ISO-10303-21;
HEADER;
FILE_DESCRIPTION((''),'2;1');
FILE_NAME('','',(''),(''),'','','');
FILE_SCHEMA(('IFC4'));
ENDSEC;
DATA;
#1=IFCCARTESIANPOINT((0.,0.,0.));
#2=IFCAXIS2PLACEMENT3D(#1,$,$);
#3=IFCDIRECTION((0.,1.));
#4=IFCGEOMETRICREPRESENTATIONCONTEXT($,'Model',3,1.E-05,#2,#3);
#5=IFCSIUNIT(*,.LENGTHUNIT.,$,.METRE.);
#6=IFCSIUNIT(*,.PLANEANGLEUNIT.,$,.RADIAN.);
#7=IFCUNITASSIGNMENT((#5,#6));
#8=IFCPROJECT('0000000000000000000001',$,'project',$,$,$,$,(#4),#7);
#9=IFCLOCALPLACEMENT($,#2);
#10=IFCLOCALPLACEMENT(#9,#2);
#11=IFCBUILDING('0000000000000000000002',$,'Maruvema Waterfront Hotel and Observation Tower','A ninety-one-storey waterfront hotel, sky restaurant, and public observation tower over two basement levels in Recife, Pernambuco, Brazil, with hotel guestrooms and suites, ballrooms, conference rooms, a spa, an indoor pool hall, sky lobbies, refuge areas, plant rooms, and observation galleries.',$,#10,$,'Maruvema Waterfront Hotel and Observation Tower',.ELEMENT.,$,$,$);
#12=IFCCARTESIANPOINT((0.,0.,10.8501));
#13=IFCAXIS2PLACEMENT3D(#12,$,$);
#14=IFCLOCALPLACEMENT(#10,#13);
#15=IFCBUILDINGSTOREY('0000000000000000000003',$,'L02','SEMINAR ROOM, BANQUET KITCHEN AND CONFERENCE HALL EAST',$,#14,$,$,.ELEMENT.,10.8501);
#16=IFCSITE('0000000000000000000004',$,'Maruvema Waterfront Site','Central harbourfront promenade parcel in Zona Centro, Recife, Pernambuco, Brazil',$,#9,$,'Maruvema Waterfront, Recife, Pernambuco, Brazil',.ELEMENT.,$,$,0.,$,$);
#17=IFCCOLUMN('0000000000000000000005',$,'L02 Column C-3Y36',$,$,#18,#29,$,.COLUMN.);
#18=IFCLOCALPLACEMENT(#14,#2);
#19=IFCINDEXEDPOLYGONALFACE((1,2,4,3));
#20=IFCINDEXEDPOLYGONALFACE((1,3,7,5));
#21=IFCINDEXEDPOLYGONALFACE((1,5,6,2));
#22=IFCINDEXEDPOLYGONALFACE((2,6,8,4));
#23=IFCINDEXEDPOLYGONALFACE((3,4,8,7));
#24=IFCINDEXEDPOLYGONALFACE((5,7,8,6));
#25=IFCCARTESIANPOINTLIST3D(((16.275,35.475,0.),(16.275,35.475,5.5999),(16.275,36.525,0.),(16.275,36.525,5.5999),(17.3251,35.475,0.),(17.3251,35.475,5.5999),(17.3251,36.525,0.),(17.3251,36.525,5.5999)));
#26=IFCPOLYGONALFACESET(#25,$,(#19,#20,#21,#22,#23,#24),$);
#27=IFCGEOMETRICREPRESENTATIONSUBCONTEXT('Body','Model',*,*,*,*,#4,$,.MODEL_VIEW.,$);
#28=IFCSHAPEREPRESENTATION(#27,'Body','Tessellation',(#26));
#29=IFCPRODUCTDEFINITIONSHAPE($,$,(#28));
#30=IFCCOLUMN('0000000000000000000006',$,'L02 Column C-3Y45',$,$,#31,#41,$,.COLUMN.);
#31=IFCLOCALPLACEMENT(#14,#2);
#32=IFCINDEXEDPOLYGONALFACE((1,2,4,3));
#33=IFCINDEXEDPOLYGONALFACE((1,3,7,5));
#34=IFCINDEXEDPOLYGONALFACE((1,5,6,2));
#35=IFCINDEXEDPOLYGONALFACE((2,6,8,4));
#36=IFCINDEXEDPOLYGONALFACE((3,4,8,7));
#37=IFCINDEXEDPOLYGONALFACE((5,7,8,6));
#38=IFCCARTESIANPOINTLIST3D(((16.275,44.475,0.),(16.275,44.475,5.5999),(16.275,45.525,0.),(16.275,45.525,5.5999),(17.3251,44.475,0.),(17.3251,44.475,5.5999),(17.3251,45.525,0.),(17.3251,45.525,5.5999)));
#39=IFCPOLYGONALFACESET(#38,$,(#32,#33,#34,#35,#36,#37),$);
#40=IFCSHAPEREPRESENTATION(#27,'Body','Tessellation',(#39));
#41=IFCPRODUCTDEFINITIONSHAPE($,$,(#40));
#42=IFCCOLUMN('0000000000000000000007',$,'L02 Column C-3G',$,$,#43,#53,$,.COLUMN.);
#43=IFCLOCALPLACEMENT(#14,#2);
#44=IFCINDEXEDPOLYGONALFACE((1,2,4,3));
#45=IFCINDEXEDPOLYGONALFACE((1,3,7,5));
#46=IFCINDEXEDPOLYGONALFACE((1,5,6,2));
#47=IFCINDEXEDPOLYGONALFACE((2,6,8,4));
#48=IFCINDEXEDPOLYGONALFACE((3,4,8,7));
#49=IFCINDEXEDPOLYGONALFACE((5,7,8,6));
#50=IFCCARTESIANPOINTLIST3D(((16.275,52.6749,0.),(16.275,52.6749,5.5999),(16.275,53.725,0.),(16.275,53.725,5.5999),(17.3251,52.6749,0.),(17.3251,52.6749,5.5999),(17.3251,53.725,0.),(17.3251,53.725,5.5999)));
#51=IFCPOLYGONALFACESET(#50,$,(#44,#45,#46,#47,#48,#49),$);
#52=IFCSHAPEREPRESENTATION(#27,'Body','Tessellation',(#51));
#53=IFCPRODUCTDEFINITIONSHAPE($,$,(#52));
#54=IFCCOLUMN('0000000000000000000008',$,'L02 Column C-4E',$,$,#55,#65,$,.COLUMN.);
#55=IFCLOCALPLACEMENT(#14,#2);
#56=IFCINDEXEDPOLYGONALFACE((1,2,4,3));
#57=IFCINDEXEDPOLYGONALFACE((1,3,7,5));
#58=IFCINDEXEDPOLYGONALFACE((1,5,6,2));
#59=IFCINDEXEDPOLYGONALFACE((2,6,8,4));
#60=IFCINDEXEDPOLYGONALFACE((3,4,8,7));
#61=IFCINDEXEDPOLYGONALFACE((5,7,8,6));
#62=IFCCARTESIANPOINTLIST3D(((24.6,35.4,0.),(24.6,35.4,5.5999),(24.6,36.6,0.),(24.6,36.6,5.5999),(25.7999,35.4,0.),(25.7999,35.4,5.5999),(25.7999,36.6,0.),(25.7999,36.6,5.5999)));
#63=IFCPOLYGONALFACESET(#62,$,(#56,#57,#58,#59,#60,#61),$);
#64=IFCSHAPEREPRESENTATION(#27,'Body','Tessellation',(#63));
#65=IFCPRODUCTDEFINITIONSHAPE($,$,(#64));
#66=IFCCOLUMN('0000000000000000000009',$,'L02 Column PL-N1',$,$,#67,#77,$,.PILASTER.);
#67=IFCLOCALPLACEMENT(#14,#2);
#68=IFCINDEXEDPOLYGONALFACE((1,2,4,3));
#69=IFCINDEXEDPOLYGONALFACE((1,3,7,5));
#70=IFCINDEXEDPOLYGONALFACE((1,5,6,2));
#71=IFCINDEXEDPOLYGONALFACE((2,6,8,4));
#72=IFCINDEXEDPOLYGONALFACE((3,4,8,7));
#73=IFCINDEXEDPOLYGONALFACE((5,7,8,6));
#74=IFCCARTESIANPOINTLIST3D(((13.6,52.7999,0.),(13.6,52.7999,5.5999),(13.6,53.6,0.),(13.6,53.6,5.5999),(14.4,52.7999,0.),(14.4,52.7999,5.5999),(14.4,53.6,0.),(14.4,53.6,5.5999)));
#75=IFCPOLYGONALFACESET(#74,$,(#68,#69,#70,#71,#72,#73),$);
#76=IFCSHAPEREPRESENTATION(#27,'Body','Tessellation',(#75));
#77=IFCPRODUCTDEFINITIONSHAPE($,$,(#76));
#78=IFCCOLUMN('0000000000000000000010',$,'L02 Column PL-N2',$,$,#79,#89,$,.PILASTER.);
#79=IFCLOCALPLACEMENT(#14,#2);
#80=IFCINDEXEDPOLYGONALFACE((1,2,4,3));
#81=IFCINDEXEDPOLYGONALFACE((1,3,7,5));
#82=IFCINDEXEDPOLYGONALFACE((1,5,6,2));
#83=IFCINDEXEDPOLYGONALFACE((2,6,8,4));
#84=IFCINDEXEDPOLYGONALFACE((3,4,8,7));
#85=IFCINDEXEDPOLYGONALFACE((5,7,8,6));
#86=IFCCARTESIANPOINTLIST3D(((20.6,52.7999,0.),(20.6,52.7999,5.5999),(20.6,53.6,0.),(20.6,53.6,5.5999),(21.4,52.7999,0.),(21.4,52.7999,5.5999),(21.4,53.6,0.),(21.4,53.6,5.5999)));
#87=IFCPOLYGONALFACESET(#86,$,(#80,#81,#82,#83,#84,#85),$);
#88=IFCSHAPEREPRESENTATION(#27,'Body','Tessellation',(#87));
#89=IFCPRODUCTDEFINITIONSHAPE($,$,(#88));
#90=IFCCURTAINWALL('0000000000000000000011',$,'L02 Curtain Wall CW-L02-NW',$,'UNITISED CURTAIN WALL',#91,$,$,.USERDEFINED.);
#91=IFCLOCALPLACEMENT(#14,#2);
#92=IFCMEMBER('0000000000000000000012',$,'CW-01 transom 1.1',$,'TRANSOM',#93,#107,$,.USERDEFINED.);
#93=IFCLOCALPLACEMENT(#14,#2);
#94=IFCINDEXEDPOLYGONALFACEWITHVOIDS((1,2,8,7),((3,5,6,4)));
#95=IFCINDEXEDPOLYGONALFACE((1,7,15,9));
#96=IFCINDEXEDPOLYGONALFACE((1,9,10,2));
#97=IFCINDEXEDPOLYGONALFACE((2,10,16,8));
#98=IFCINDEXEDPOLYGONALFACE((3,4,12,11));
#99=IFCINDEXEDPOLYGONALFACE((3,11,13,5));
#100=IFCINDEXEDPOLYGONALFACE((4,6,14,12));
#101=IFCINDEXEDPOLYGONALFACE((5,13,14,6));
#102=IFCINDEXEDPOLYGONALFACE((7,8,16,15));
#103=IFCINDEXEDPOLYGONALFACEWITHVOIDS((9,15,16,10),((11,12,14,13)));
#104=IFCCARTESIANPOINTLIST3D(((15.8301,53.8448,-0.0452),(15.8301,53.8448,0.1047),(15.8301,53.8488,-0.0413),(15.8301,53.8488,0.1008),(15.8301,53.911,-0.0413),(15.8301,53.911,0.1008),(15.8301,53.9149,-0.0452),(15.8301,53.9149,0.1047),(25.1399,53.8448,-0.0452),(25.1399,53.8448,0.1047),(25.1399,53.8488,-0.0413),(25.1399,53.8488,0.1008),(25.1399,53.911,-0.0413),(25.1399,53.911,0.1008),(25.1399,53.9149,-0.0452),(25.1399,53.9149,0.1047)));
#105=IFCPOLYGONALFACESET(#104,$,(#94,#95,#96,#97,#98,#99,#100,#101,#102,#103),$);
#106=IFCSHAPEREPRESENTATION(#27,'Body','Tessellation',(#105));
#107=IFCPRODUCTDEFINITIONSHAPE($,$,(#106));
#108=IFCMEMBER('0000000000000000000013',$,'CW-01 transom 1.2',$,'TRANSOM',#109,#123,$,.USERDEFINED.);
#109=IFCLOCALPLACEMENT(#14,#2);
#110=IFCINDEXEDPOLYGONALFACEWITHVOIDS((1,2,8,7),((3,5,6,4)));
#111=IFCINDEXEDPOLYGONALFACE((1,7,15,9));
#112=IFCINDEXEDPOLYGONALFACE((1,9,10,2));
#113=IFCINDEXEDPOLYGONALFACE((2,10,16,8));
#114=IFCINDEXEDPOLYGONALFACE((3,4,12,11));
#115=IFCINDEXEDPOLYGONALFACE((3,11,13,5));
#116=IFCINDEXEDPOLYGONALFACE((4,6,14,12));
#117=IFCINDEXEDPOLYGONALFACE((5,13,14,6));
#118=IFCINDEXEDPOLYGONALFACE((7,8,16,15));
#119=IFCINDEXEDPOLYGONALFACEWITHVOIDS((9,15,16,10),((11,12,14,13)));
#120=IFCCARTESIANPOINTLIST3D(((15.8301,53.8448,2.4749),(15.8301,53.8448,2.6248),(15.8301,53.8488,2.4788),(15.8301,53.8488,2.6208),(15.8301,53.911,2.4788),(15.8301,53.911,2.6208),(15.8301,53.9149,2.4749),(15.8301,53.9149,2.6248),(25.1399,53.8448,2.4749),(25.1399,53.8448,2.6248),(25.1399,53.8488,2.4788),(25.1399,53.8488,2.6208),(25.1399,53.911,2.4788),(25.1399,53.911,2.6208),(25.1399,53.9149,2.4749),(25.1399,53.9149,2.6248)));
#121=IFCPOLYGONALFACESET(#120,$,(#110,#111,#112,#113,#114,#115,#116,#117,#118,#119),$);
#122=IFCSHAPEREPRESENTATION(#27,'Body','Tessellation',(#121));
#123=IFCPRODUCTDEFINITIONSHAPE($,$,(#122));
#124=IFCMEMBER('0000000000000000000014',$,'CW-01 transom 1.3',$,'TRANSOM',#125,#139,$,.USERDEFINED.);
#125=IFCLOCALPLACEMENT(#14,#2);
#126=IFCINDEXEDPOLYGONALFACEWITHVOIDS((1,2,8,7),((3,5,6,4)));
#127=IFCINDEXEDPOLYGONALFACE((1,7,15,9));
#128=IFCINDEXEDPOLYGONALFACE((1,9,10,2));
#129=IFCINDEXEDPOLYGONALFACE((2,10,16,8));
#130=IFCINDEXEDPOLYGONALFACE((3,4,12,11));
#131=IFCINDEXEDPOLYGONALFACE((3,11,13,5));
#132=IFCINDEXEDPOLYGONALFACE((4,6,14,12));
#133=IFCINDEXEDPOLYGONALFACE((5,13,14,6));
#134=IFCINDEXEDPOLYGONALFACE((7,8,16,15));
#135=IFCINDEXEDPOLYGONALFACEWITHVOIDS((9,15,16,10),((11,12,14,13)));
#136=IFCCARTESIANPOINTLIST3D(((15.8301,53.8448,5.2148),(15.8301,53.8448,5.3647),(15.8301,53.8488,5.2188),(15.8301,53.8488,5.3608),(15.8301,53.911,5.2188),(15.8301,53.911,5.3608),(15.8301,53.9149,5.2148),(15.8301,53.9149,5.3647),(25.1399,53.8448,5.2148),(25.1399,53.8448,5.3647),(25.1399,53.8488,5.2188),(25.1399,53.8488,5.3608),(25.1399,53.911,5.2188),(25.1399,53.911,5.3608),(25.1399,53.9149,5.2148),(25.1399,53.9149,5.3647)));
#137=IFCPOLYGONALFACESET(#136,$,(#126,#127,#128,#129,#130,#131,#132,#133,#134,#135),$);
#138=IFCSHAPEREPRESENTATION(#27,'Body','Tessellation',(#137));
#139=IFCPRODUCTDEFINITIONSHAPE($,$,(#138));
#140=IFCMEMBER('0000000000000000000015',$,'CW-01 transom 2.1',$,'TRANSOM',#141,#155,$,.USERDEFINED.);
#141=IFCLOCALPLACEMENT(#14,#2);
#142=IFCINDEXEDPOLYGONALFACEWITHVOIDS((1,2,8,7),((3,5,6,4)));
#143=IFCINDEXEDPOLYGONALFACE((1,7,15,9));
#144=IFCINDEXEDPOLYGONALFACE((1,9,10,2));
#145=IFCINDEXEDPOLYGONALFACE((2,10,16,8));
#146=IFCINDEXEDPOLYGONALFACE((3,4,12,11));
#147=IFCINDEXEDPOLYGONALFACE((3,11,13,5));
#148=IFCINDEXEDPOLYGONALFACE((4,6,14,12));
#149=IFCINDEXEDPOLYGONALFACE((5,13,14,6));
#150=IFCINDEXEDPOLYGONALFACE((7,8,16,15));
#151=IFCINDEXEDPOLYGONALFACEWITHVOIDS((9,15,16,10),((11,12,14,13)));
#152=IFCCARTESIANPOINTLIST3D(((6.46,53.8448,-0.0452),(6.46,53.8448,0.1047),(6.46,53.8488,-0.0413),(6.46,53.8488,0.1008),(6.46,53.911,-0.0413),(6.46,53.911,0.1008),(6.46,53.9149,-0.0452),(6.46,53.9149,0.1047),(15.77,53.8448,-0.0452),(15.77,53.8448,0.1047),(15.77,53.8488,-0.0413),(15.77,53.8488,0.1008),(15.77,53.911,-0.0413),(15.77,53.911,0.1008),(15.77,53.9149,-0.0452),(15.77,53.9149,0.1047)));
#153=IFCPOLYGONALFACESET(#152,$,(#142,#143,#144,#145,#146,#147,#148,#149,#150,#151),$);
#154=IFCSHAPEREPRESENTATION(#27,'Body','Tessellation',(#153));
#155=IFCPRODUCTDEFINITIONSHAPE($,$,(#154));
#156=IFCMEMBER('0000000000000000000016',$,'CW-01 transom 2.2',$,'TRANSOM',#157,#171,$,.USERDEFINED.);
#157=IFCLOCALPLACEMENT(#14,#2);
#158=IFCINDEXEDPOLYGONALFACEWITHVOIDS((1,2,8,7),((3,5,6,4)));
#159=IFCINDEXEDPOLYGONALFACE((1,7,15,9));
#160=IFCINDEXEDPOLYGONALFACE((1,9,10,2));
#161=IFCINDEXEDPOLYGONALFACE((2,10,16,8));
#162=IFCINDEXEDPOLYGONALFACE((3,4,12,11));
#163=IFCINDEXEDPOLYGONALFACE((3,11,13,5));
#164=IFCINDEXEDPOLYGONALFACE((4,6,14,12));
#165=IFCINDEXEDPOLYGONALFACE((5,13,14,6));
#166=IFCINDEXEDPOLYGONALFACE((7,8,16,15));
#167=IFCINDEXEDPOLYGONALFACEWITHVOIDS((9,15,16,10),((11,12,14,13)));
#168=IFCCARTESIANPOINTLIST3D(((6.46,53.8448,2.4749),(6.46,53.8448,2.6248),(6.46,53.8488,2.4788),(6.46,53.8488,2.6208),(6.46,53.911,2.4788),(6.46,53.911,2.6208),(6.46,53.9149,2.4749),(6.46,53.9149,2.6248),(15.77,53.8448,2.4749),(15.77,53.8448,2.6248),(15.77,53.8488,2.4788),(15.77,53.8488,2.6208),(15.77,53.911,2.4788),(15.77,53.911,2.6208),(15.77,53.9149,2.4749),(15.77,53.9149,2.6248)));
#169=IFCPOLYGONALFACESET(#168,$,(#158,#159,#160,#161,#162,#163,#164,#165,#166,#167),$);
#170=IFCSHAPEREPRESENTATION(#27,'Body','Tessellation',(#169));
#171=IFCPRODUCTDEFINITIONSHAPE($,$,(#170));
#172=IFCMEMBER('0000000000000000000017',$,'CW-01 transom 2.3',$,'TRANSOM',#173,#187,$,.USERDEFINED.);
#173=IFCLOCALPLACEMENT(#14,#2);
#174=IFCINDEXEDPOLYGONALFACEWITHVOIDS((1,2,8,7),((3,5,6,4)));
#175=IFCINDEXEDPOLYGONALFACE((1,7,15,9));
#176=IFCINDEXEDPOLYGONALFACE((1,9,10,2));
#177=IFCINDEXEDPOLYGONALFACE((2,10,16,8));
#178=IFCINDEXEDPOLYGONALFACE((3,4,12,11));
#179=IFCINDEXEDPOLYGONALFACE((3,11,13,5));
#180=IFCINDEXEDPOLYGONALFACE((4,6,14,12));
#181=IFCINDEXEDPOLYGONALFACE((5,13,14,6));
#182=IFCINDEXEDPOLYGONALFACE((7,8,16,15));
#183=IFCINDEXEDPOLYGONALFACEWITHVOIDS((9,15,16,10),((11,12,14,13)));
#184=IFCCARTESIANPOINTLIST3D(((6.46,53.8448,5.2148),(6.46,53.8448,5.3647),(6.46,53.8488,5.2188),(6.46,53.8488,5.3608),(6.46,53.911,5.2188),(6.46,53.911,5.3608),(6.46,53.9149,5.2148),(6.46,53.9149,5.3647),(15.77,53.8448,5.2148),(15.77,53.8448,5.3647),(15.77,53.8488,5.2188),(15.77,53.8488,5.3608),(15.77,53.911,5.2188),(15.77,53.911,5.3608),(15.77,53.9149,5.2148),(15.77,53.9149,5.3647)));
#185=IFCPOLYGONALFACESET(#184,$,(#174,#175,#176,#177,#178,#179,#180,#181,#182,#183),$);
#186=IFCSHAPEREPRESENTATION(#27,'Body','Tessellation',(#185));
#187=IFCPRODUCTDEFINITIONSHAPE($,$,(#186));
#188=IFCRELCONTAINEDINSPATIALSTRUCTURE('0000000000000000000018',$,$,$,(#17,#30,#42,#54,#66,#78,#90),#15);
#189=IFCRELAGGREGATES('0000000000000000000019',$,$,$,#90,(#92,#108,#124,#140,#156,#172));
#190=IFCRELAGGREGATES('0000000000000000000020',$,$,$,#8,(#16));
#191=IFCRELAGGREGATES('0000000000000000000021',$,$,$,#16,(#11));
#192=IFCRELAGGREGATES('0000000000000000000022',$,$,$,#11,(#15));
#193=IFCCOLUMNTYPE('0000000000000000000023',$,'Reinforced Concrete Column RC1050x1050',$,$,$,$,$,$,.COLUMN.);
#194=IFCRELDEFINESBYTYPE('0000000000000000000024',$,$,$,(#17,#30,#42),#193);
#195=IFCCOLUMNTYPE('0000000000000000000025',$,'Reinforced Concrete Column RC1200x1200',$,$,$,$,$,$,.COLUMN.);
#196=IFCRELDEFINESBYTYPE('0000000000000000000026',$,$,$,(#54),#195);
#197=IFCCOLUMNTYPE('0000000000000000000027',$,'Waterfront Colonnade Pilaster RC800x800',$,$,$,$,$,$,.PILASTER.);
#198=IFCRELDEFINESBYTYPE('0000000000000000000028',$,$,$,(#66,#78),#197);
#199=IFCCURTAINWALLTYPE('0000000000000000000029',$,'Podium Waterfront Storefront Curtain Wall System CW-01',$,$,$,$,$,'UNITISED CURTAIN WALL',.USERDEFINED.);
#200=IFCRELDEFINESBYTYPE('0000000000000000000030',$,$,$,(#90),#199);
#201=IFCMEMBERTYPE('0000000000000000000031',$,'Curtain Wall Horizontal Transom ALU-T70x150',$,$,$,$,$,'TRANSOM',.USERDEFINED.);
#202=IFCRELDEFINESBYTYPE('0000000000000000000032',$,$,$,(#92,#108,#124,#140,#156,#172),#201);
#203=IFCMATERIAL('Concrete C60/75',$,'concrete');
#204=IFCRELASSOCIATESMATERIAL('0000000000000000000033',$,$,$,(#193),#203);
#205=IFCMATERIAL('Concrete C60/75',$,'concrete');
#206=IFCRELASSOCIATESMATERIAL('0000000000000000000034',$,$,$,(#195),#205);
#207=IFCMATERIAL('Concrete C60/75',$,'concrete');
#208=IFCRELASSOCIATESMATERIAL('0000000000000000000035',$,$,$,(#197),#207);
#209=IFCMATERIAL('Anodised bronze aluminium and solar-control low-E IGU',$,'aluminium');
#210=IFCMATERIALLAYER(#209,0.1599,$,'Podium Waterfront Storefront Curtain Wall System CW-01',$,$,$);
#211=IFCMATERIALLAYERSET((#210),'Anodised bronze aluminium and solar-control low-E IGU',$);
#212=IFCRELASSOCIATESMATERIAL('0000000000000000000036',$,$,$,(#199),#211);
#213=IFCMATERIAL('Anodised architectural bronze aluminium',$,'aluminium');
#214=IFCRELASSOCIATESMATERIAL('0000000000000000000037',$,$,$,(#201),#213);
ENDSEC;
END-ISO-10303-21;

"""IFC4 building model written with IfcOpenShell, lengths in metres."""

from ifc_helpers import new_model, si_unit, direction, frame, origin, origin_2d, place, context, subcontext, project, spatial, rectangle, hollow_rectangle, extrude, material, layer, layer_set, material_profile, profile_set, type_object, element, aggregate, save


model = new_model("IFC4")

# Units and contexts
model_context = context("Model", 3, precision=1e-05, world=origin(), true_north=direction((0.0, 1.0)))
body_context = subcontext(model_context, "Body", "Model", "MODEL_VIEW")
ifc_project = project(units=[si_unit("LENGTHUNIT", "METRE"), si_unit("PLANEANGLEUNIT", "RADIAN")], contexts=[model_context])

# Site, building, storey
site_placement = place(None, origin())
site = spatial("IfcSite", under=ifc_project, at=site_placement, Name="Maruvema Waterfront Site", Description="Central harbourfront promenade parcel in Zona Centro, Recife, Pernambuco, Brazil", LongName="Maruvema Waterfront, Recife, Pernambuco, Brazil", CompositionType="ELEMENT", RefElevation=0.0)
building_placement = place(site_placement, origin())
building = spatial("IfcBuilding", under=site, at=building_placement, Name="Maruvema Waterfront Hotel and Observation Tower", Description="A ninety-one-storey waterfront hotel, sky restaurant, and public observation tower over two basement levels in Recife, Pernambuco, Brazil, with hotel guestrooms and suites, ballrooms, conference rooms, a spa, an indoor pool hall, sky lobbies, refuge areas, plant rooms, and observation galleries.", LongName="Maruvema Waterfront Hotel and Observation Tower", CompositionType="ELEMENT")
storey_placement = place(building_placement, frame((0.0, 0.0, 10.8501)))
storey = spatial("IfcBuildingStorey", under=building, at=storey_placement, Name="L02", Description="SEMINAR ROOM, BANQUET KITCHEN AND CONFERENCE HALL EAST", CompositionType="ELEMENT", Elevation=10.8501)

# Columns
ifc_material_1 = material(Name="Concrete C60/75", Category="concrete")
ifc_material_profile_1 = material_profile(ifc_material_1, rectangle(XDim=1.05, YDim=1.05, at=origin_2d()), Name="RC1050x1050")
ifc_profile_set_1 = profile_set([ifc_material_profile_1], Name="Concrete C60/75")
column_type_1 = type_object("IfcColumnType", Name="Reinforced Concrete Column RC1050x1050", PredefinedType="COLUMN", material=ifc_profile_set_1)
for number, where, z_axis, x_axis, name in (
    (1, (16.8, 36.0, 0.0), (0.0, 0.0, 1.0), (1.0, 0.0, 0.0), "L02 Column C-3Y36"),
    (2, (16.8, 45.0, 0.0), (0.0, 0.0, 1.0), (1.0, 0.0, 0.0), "L02 Column C-3Y45"),
    (3, (16.8, 53.2, 0.0), (0.0, 0.0, 1.0), (1.0, 0.0, 0.0), "L02 Column C-3G"),
):
    element("IfcColumn", number, at=place(storey_placement, frame(where, z_axis=z_axis, x_axis=x_axis)), inside=storey, type_object=column_type_1, Name=name, PredefinedType="COLUMN", context=body_context, shape_type="SweptSolid", body=[
        extrude(rectangle(XDim=1.05, YDim=1.05, at=origin_2d()), origin(), (0.0, 0.0, 1.0), 5.5999),
    ])
ifc_material_2 = material(Name="Concrete C60/75", Category="concrete")
ifc_material_profile_2 = material_profile(ifc_material_2, rectangle(XDim=1.2, YDim=1.2, at=origin_2d()), Name="RC1200x1200")
ifc_profile_set_2 = profile_set([ifc_material_profile_2], Name="Concrete C60/75")
column_type_2 = type_object("IfcColumnType", Name="Reinforced Concrete Column RC1200x1200", PredefinedType="COLUMN", material=ifc_profile_set_2)
column_placement = place(storey_placement, frame((25.2, 36.0, 0.0), z_axis=(0.0, 0.0, 1.0), x_axis=(1.0, 0.0, 0.0)))
element("IfcColumn", 4, at=column_placement, inside=storey, type_object=column_type_2, Name="L02 Column C-4E", PredefinedType="COLUMN", context=body_context, shape_type="SweptSolid", body=[
    extrude(rectangle(XDim=1.2, YDim=1.2, at=origin_2d()), origin(), (0.0, 0.0, 1.0), 5.5999),
])
ifc_material_3 = material(Name="Concrete C60/75", Category="concrete")
ifc_material_profile_3 = material_profile(ifc_material_3, rectangle(XDim=0.8, YDim=0.8, at=origin_2d()), Name="RC800x800")
ifc_profile_set_3 = profile_set([ifc_material_profile_3], Name="Concrete C60/75")
column_type_3 = type_object("IfcColumnType", Name="Waterfront Colonnade Pilaster RC800x800", PredefinedType="PILASTER", material=ifc_profile_set_3)
for number, where, z_axis, x_axis, name in (
    (5, (14.0, 53.2, 0.0), (0.0, 0.0, 1.0), (1.0, 0.0, 0.0), "L02 Column PL-N1"),
    (6, (21.0, 53.2, 0.0), (0.0, 0.0, 1.0), (1.0, 0.0, 0.0), "L02 Column PL-N2"),
):
    element("IfcColumn", number, at=place(storey_placement, frame(where, z_axis=z_axis, x_axis=x_axis)), inside=storey, type_object=column_type_3, Name=name, PredefinedType="PILASTER", context=body_context, shape_type="SweptSolid", body=[
        extrude(rectangle(XDim=0.8, YDim=0.8, at=origin_2d()), origin(), (0.0, 0.0, 1.0), 5.5999),
    ])

# Curtain wall, members
ifc_material_4 = material(Name="Anodised bronze aluminium and solar-control low-E IGU", Category="aluminium")
ifc_layer_1 = layer(ifc_material_4, 0.1599, Name="Podium Waterfront Storefront Curtain Wall System CW-01")
ifc_layer_set_1 = layer_set([ifc_layer_1], Name="Anodised bronze aluminium and solar-control low-E IGU")
curtain_wall_type = type_object("IfcCurtainWallType", Name="Podium Waterfront Storefront Curtain Wall System CW-01", ElementType="UNITISED CURTAIN WALL", PredefinedType="USERDEFINED", material=ifc_layer_set_1)
curtain_wall_placement = place(storey_placement, origin())
curtain_wall = element("IfcCurtainWall", 7, at=curtain_wall_placement, inside=storey, type_object=curtain_wall_type, Name="L02 Curtain Wall CW-L02-NW", ObjectType="UNITISED CURTAIN WALL", PredefinedType="USERDEFINED")
ifc_material_5 = material(Name="Anodised architectural bronze aluminium", Category="aluminium")
ifc_material_profile_4 = material_profile(ifc_material_5, hollow_rectangle(XDim=0.0701, YDim=0.1499, WallThickness=0.0039, at=origin_2d()), Name="ALU-T70x150")
ifc_profile_set_4 = profile_set([ifc_material_profile_4], Name="Anodised architectural bronze aluminium")
member_type_1 = type_object("IfcMemberType", Name="Curtain Wall Horizontal Transom ALU-T70x150", ElementType="TRANSOM", PredefinedType="USERDEFINED", material=ifc_profile_set_4)
member_1_placement = place(storey_placement, frame((25.1399, 53.8799, 0.0298), z_axis=(-1.0, 0.0, 0.0), x_axis=(0.0, -1.0, 0.0)))
member_1 = element("IfcMember", 8, at=member_1_placement, type_object=member_type_1, Name="CW-01 transom 1.1", ObjectType="TRANSOM", PredefinedType="USERDEFINED", context=body_context, shape_type="SweptSolid", body=[
    extrude(hollow_rectangle(XDim=0.0701, YDim=0.1499, WallThickness=0.0039, at=origin_2d()), origin(), (0.0, 0.0, 1.0), 9.3098),
])
member_2_placement = place(storey_placement, frame((25.1399, 53.8799, 2.5498), z_axis=(-1.0, 0.0, 0.0), x_axis=(0.0, -1.0, 0.0)))
member_2 = element("IfcMember", 9, at=member_2_placement, type_object=member_type_1, Name="CW-01 transom 1.2", ObjectType="TRANSOM", PredefinedType="USERDEFINED", context=body_context, shape_type="SweptSolid", body=[
    extrude(hollow_rectangle(XDim=0.0701, YDim=0.1499, WallThickness=0.0039, at=origin_2d()), origin(), (0.0, 0.0, 1.0), 9.3098),
])
member_3_placement = place(storey_placement, frame((25.1399, 53.8799, 5.2898), z_axis=(-1.0, 0.0, 0.0), x_axis=(0.0, -1.0, 0.0)))
member_3 = element("IfcMember", 10, at=member_3_placement, type_object=member_type_1, Name="CW-01 transom 1.3", ObjectType="TRANSOM", PredefinedType="USERDEFINED", context=body_context, shape_type="SweptSolid", body=[
    extrude(hollow_rectangle(XDim=0.0701, YDim=0.1499, WallThickness=0.0039, at=origin_2d()), origin(), (0.0, 0.0, 1.0), 9.3098),
])
member_4_placement = place(storey_placement, frame((15.77, 53.8799, 0.0298), z_axis=(-1.0, 0.0, 0.0), x_axis=(0.0, -1.0, 0.0)))
member_4 = element("IfcMember", 11, at=member_4_placement, type_object=member_type_1, Name="CW-01 transom 2.1", ObjectType="TRANSOM", PredefinedType="USERDEFINED", context=body_context, shape_type="SweptSolid", body=[
    extrude(hollow_rectangle(XDim=0.0701, YDim=0.1499, WallThickness=0.0039, at=origin_2d()), origin(), (0.0, 0.0, 1.0), 9.3101),
])
member_5_placement = place(storey_placement, frame((15.77, 53.8799, 2.5498), z_axis=(-1.0, 0.0, 0.0), x_axis=(0.0, -1.0, 0.0)))
member_5 = element("IfcMember", 12, at=member_5_placement, type_object=member_type_1, Name="CW-01 transom 2.2", ObjectType="TRANSOM", PredefinedType="USERDEFINED", context=body_context, shape_type="SweptSolid", body=[
    extrude(hollow_rectangle(XDim=0.0701, YDim=0.1499, WallThickness=0.0039, at=origin_2d()), origin(), (0.0, 0.0, 1.0), 9.3101),
])
member_6_placement = place(storey_placement, frame((15.77, 53.8799, 5.2898), z_axis=(-1.0, 0.0, 0.0), x_axis=(0.0, -1.0, 0.0)))
member_6 = element("IfcMember", 13, at=member_6_placement, type_object=member_type_1, Name="CW-01 transom 2.3", ObjectType="TRANSOM", PredefinedType="USERDEFINED", context=body_context, shape_type="SweptSolid", body=[
    extrude(hollow_rectangle(XDim=0.0701, YDim=0.1499, WallThickness=0.0039, at=origin_2d()), origin(), (0.0, 0.0, 1.0), 9.3101),
])

aggregate(curtain_wall, [member_1, member_2, member_3, member_4, member_5, member_6])

save(model, "model.ifc")
